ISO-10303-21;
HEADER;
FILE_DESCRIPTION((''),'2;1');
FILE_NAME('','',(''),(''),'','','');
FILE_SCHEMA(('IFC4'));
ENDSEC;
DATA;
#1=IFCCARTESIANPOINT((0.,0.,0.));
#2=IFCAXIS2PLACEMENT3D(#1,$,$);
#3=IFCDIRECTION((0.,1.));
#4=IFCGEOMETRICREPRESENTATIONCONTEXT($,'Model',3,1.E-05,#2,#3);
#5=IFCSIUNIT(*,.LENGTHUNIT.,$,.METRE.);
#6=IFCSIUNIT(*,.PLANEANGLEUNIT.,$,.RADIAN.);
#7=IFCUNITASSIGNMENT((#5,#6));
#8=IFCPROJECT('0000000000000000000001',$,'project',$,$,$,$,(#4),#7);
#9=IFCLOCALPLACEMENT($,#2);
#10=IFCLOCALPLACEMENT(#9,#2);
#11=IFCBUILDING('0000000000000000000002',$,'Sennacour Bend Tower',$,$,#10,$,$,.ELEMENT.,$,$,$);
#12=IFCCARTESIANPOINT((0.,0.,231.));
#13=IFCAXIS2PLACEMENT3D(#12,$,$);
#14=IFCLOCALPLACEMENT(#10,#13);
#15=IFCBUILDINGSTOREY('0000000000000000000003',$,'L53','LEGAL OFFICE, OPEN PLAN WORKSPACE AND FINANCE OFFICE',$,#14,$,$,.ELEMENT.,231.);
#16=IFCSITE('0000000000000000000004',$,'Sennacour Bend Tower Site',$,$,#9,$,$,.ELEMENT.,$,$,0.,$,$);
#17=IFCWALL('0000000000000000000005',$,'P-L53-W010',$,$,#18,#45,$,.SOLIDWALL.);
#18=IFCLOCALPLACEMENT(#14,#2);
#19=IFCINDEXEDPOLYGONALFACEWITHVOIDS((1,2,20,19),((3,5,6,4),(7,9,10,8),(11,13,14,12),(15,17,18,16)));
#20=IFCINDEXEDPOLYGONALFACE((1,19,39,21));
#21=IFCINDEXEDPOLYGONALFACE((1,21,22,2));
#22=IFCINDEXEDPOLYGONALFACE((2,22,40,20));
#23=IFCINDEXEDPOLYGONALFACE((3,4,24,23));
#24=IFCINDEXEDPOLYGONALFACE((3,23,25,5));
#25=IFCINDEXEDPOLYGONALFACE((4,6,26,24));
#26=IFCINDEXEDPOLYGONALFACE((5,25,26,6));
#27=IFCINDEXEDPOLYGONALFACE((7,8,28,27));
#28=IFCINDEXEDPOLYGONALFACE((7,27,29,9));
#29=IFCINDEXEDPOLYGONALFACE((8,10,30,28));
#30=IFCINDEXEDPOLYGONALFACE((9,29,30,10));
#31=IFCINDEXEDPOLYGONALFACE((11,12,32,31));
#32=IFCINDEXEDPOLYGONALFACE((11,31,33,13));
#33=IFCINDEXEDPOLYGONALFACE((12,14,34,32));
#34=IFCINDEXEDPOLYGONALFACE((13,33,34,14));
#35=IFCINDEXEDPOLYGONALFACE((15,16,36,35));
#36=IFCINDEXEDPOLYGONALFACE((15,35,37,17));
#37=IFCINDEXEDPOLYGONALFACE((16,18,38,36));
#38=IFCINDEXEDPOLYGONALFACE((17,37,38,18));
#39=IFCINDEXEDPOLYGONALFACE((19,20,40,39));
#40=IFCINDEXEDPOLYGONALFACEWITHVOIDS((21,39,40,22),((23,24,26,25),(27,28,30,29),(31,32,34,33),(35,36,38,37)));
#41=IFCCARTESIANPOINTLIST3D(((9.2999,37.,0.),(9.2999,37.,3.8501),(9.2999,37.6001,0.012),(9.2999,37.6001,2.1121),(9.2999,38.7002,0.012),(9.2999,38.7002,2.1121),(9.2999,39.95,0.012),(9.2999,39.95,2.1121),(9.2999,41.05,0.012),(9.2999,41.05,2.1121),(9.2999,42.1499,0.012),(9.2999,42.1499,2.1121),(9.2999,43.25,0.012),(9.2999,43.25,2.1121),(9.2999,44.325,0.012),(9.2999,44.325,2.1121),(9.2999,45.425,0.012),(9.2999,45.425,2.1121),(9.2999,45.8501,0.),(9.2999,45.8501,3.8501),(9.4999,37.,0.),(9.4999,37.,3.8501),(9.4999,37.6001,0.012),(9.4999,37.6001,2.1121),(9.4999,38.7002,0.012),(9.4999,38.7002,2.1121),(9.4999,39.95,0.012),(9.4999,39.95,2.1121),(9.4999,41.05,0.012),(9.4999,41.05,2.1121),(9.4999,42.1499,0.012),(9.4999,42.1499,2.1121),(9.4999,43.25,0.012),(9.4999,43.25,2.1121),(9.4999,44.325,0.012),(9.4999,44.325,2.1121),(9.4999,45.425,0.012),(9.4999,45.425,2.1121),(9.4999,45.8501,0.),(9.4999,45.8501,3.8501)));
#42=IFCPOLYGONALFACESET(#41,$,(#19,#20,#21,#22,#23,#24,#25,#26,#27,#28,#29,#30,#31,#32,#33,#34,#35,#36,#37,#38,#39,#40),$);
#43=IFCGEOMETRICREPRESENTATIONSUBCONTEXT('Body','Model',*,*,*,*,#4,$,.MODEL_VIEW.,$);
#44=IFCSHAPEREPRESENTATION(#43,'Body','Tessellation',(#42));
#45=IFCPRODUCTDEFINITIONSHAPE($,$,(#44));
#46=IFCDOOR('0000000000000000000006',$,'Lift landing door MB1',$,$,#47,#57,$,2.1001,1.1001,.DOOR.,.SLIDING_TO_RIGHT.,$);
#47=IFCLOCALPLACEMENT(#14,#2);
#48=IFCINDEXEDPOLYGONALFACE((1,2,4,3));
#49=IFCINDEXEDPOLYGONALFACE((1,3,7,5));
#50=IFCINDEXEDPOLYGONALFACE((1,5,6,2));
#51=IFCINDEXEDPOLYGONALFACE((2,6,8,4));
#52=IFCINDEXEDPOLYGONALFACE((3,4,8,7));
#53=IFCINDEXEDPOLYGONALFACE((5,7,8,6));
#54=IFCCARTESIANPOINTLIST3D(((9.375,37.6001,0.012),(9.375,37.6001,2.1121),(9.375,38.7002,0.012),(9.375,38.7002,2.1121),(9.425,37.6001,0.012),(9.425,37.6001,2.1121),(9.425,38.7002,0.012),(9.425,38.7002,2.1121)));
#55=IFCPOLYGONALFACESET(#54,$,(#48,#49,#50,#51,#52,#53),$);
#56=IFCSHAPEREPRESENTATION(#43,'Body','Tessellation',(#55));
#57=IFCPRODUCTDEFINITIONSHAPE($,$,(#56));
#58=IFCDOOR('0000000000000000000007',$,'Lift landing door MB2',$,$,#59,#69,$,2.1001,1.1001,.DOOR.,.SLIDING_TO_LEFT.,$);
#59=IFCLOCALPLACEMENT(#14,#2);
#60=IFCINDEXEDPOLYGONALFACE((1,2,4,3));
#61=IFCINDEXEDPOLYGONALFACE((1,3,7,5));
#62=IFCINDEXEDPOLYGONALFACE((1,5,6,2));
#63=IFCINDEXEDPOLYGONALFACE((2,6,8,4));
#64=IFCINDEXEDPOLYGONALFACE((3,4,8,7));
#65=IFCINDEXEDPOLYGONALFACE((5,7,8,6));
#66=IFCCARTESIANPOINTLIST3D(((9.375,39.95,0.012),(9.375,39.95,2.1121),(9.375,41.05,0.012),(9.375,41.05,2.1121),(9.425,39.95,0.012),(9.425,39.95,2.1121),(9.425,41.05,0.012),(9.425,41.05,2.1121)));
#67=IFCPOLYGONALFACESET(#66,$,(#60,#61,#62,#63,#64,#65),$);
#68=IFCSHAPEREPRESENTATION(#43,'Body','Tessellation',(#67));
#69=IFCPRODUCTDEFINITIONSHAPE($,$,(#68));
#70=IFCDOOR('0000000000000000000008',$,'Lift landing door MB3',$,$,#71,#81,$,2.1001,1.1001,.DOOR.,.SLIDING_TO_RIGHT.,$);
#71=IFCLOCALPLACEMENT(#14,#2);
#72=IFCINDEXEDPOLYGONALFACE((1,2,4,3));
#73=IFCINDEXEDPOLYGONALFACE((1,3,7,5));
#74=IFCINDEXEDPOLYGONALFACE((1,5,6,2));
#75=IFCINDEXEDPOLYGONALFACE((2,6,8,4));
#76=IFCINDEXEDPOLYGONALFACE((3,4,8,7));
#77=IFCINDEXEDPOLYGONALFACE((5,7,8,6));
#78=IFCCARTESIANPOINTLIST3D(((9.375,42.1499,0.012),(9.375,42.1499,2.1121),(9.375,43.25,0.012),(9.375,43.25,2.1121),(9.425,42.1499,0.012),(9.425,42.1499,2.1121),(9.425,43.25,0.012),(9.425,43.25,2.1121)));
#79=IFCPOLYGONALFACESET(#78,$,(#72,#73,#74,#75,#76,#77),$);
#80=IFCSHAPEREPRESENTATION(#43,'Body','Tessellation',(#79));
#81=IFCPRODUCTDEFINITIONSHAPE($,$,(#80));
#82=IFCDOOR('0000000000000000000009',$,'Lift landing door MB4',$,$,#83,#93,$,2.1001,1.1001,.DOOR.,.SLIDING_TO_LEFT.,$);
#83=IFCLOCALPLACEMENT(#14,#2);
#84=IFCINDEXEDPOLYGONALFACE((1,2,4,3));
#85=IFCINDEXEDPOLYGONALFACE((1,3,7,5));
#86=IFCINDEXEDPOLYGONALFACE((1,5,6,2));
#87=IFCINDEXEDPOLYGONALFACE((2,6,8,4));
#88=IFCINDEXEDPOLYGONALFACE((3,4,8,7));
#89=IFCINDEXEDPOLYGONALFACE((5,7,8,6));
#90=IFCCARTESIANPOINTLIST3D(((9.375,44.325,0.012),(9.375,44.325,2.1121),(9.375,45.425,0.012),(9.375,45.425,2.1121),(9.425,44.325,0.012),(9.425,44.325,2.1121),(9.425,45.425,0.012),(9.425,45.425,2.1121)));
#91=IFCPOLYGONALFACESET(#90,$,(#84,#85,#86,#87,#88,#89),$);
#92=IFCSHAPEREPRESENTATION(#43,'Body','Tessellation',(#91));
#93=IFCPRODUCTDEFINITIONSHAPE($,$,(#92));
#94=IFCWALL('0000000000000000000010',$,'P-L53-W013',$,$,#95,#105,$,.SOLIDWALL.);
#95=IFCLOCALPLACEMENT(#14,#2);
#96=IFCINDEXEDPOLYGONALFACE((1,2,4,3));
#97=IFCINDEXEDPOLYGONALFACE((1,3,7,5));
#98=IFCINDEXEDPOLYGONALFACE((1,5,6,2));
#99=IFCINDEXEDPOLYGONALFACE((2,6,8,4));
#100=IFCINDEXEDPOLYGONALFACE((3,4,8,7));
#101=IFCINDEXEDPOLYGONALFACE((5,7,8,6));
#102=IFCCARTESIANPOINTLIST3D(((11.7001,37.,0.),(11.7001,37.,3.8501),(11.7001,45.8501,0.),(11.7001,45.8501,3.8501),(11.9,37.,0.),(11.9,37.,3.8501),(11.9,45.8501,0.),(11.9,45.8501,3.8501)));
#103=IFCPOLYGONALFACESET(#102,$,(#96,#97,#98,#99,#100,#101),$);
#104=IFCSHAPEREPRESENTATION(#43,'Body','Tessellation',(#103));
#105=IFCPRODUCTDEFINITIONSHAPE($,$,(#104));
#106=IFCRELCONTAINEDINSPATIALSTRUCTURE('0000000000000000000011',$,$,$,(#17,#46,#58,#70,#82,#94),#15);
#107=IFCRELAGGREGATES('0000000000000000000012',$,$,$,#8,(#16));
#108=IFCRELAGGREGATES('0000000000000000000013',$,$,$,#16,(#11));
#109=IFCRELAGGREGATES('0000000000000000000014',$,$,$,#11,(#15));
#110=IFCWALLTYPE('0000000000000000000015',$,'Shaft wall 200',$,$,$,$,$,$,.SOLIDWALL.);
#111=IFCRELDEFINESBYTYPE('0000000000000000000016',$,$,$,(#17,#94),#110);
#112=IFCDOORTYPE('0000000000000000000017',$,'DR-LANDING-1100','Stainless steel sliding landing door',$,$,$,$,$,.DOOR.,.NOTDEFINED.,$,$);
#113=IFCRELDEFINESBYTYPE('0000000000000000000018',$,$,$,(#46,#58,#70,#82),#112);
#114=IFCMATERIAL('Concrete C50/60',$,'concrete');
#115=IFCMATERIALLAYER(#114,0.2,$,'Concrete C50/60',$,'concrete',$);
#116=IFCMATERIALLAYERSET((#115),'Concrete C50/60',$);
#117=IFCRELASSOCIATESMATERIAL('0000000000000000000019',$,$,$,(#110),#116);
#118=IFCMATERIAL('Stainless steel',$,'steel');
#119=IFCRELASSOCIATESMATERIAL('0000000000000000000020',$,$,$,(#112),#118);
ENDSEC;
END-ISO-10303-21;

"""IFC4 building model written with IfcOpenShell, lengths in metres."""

from ifc_helpers import new_model, si_unit, direction, frame, frame_2d, origin, place, context, subcontext, project, spatial, rectangle, extrude, material, layer, layer_set, type_object, element, fill, save


model = new_model("IFC4")

# Units and contexts
model_context = context("Model", 3, precision=1e-05, world=origin(), true_north=direction((0.0, 1.0)))
body_context = subcontext(model_context, "Body", "Model", "MODEL_VIEW")
ifc_project = project(units=[si_unit("LENGTHUNIT", "METRE"), si_unit("PLANEANGLEUNIT", "RADIAN")], contexts=[model_context])

# Site, building, storey
site_placement = place(None, origin())
site = spatial("IfcSite", under=ifc_project, at=site_placement, Name="Sennacour Bend Tower Site", CompositionType="ELEMENT", RefElevation=0.0)
building_placement = place(site_placement, origin())
building = spatial("IfcBuilding", under=site, at=building_placement, Name="Sennacour Bend Tower", CompositionType="ELEMENT")
storey_placement = place(building_placement, frame((0.0, 0.0, 231.0)))
storey = spatial("IfcBuildingStorey", under=building, at=storey_placement, Name="L53", Description="LEGAL OFFICE, OPEN PLAN WORKSPACE AND FINANCE OFFICE", CompositionType="ELEMENT", Elevation=231.0)

# Wall, openings, doors
ifc_material_1 = material(Name="Concrete C50/60", Category="concrete")
ifc_layer_1 = layer(ifc_material_1, 0.2, Name="Concrete C50/60", Category="concrete")
ifc_layer_set_1 = layer_set([ifc_layer_1], Name="Concrete C50/60")
wall_type_1 = type_object("IfcWallType", Name="Shaft wall 200", PredefinedType="SOLIDWALL", material=ifc_layer_set_1)
wall_1_placement = place(storey_placement, frame((9.3999, 37.0, 0.0), z_axis=(0.0, 0.0, 1.0), x_axis=(0.0, 1.0, 0.0)))
wall_1 = element("IfcWall", 1, at=wall_1_placement, inside=storey, type_object=wall_type_1, Name="P-L53-W010", PredefinedType="SOLIDWALL", context=body_context, shape_type="SweptSolid", body=[
    extrude(rectangle(XDim=8.8501, YDim=0.2, at=frame_2d((4.425, 0.0))), origin(), (0.0, 0.0, 1.0), 3.8501),
])
opening_1_placement = place(wall_1_placement, frame((0.6001, 0.0, 0.012)))
opening_1 = element("IfcOpeningElement", 2, at=opening_1_placement, cuts=wall_1, PredefinedType="OPENING", context=body_context, shape_type="SweptSolid", body=[
    extrude(rectangle(XDim=1.1001, YDim=2.1001, at=frame_2d((0.55, 1.05))), frame((0.0, 0.1099, 0.0), z_axis=(0.0, -1.0, 0.0), x_axis=(1.0, 0.0, 0.0)), (0.0, 0.0, 1.0), 0.22),
])
opening_2_placement = place(wall_1_placement, frame((2.95, 0.0, 0.012)))
opening_2 = element("IfcOpeningElement", 3, at=opening_2_placement, cuts=wall_1, PredefinedType="OPENING", context=body_context, shape_type="SweptSolid", body=[
    extrude(rectangle(XDim=1.1001, YDim=2.1001, at=frame_2d((0.55, 1.05))), frame((0.0, 0.1099, 0.0), z_axis=(0.0, -1.0, 0.0), x_axis=(1.0, 0.0, 0.0)), (0.0, 0.0, 1.0), 0.22),
])
opening_3_placement = place(wall_1_placement, frame((5.1499, 0.0, 0.012)))
opening_3 = element("IfcOpeningElement", 4, at=opening_3_placement, cuts=wall_1, PredefinedType="OPENING", context=body_context, shape_type="SweptSolid", body=[
    extrude(rectangle(XDim=1.1001, YDim=2.1001, at=frame_2d((0.55, 1.05))), frame((0.0, 0.1099, 0.0), z_axis=(0.0, -1.0, 0.0), x_axis=(1.0, 0.0, 0.0)), (0.0, 0.0, 1.0), 0.22),
])
opening_4_placement = place(wall_1_placement, frame((7.325, 0.0, 0.012)))
opening_4 = element("IfcOpeningElement", 5, at=opening_4_placement, cuts=wall_1, PredefinedType="OPENING", context=body_context, shape_type="SweptSolid", body=[
    extrude(rectangle(XDim=1.1001, YDim=2.1001, at=frame_2d((0.55, 1.05))), frame((0.0, 0.1099, 0.0), z_axis=(0.0, -1.0, 0.0), x_axis=(1.0, 0.0, 0.0)), (0.0, 0.0, 1.0), 0.22),
])
ifc_material_2 = material(Name="Stainless steel", Category="steel")
door_type_1 = type_object("IfcDoorType", Name="DR-LANDING-1100", Description="Stainless steel sliding landing door", OperationType="NOTDEFINED", PredefinedType="DOOR", material=ifc_material_2)
door_1_placement = place(opening_1_placement, origin())
door_1 = element("IfcDoor", 6, at=door_1_placement, inside=storey, type_object=door_type_1, Name="Lift landing door MB1", OperationType="SLIDING_TO_RIGHT", OverallHeight=2.1001, OverallWidth=1.1001, PredefinedType="DOOR", context=body_context, shape_type="SweptSolid", body=[
    extrude(rectangle(XDim=1.1001, YDim=2.1001, at=frame_2d((0.55, 1.05))), frame((0.0, 0.0249, 0.0), z_axis=(0.0, -1.0, 0.0), x_axis=(1.0, 0.0, 0.0)), (0.0, 0.0, 1.0), 0.05),
])
fill(opening_1, door_1)
door_2_placement = place(opening_2_placement, origin())
door_2 = element("IfcDoor", 7, at=door_2_placement, inside=storey, type_object=door_type_1, Name="Lift landing door MB2", OperationType="SLIDING_TO_LEFT", OverallHeight=2.1001, OverallWidth=1.1001, PredefinedType="DOOR", context=body_context, shape_type="SweptSolid", body=[
    extrude(rectangle(XDim=1.1001, YDim=2.1001, at=frame_2d((0.55, 1.05))), frame((0.0, 0.0249, 0.0), z_axis=(0.0, -1.0, 0.0), x_axis=(1.0, 0.0, 0.0)), (0.0, 0.0, 1.0), 0.05),
])
fill(opening_2, door_2)
door_3_placement = place(opening_3_placement, origin())
door_3 = element("IfcDoor", 8, at=door_3_placement, inside=storey, type_object=door_type_1, Name="Lift landing door MB3", OperationType="SLIDING_TO_RIGHT", OverallHeight=2.1001, OverallWidth=1.1001, PredefinedType="DOOR", context=body_context, shape_type="SweptSolid", body=[
    extrude(rectangle(XDim=1.1001, YDim=2.1001, at=frame_2d((0.55, 1.05))), frame((0.0, 0.0249, 0.0), z_axis=(0.0, -1.0, 0.0), x_axis=(1.0, 0.0, 0.0)), (0.0, 0.0, 1.0), 0.05),
])
fill(opening_3, door_3)
door_4_placement = place(opening_4_placement, origin())
door_4 = element("IfcDoor", 9, at=door_4_placement, inside=storey, type_object=door_type_1, Name="Lift landing door MB4", OperationType="SLIDING_TO_LEFT", OverallHeight=2.1001, OverallWidth=1.1001, PredefinedType="DOOR", context=body_context, shape_type="SweptSolid", body=[
    extrude(rectangle(XDim=1.1001, YDim=2.1001, at=frame_2d((0.55, 1.05))), frame((0.0, 0.0249, 0.0), z_axis=(0.0, -1.0, 0.0), x_axis=(1.0, 0.0, 0.0)), (0.0, 0.0, 1.0), 0.05),
])
fill(opening_4, door_4)

# Wall
wall_2_placement = place(storey_placement, frame((11.8, 37.0, 0.0), z_axis=(0.0, 0.0, 1.0), x_axis=(0.0, 1.0, 0.0)))
element("IfcWall", 10, at=wall_2_placement, inside=storey, type_object=wall_type_1, Name="P-L53-W013", PredefinedType="SOLIDWALL", context=body_context, shape_type="SweptSolid", body=[
    extrude(rectangle(XDim=8.8501, YDim=0.2, at=frame_2d((4.425, 0.0))), origin(), (0.0, 0.0, 1.0), 3.8501),
])

save(model, "model.ifc")
